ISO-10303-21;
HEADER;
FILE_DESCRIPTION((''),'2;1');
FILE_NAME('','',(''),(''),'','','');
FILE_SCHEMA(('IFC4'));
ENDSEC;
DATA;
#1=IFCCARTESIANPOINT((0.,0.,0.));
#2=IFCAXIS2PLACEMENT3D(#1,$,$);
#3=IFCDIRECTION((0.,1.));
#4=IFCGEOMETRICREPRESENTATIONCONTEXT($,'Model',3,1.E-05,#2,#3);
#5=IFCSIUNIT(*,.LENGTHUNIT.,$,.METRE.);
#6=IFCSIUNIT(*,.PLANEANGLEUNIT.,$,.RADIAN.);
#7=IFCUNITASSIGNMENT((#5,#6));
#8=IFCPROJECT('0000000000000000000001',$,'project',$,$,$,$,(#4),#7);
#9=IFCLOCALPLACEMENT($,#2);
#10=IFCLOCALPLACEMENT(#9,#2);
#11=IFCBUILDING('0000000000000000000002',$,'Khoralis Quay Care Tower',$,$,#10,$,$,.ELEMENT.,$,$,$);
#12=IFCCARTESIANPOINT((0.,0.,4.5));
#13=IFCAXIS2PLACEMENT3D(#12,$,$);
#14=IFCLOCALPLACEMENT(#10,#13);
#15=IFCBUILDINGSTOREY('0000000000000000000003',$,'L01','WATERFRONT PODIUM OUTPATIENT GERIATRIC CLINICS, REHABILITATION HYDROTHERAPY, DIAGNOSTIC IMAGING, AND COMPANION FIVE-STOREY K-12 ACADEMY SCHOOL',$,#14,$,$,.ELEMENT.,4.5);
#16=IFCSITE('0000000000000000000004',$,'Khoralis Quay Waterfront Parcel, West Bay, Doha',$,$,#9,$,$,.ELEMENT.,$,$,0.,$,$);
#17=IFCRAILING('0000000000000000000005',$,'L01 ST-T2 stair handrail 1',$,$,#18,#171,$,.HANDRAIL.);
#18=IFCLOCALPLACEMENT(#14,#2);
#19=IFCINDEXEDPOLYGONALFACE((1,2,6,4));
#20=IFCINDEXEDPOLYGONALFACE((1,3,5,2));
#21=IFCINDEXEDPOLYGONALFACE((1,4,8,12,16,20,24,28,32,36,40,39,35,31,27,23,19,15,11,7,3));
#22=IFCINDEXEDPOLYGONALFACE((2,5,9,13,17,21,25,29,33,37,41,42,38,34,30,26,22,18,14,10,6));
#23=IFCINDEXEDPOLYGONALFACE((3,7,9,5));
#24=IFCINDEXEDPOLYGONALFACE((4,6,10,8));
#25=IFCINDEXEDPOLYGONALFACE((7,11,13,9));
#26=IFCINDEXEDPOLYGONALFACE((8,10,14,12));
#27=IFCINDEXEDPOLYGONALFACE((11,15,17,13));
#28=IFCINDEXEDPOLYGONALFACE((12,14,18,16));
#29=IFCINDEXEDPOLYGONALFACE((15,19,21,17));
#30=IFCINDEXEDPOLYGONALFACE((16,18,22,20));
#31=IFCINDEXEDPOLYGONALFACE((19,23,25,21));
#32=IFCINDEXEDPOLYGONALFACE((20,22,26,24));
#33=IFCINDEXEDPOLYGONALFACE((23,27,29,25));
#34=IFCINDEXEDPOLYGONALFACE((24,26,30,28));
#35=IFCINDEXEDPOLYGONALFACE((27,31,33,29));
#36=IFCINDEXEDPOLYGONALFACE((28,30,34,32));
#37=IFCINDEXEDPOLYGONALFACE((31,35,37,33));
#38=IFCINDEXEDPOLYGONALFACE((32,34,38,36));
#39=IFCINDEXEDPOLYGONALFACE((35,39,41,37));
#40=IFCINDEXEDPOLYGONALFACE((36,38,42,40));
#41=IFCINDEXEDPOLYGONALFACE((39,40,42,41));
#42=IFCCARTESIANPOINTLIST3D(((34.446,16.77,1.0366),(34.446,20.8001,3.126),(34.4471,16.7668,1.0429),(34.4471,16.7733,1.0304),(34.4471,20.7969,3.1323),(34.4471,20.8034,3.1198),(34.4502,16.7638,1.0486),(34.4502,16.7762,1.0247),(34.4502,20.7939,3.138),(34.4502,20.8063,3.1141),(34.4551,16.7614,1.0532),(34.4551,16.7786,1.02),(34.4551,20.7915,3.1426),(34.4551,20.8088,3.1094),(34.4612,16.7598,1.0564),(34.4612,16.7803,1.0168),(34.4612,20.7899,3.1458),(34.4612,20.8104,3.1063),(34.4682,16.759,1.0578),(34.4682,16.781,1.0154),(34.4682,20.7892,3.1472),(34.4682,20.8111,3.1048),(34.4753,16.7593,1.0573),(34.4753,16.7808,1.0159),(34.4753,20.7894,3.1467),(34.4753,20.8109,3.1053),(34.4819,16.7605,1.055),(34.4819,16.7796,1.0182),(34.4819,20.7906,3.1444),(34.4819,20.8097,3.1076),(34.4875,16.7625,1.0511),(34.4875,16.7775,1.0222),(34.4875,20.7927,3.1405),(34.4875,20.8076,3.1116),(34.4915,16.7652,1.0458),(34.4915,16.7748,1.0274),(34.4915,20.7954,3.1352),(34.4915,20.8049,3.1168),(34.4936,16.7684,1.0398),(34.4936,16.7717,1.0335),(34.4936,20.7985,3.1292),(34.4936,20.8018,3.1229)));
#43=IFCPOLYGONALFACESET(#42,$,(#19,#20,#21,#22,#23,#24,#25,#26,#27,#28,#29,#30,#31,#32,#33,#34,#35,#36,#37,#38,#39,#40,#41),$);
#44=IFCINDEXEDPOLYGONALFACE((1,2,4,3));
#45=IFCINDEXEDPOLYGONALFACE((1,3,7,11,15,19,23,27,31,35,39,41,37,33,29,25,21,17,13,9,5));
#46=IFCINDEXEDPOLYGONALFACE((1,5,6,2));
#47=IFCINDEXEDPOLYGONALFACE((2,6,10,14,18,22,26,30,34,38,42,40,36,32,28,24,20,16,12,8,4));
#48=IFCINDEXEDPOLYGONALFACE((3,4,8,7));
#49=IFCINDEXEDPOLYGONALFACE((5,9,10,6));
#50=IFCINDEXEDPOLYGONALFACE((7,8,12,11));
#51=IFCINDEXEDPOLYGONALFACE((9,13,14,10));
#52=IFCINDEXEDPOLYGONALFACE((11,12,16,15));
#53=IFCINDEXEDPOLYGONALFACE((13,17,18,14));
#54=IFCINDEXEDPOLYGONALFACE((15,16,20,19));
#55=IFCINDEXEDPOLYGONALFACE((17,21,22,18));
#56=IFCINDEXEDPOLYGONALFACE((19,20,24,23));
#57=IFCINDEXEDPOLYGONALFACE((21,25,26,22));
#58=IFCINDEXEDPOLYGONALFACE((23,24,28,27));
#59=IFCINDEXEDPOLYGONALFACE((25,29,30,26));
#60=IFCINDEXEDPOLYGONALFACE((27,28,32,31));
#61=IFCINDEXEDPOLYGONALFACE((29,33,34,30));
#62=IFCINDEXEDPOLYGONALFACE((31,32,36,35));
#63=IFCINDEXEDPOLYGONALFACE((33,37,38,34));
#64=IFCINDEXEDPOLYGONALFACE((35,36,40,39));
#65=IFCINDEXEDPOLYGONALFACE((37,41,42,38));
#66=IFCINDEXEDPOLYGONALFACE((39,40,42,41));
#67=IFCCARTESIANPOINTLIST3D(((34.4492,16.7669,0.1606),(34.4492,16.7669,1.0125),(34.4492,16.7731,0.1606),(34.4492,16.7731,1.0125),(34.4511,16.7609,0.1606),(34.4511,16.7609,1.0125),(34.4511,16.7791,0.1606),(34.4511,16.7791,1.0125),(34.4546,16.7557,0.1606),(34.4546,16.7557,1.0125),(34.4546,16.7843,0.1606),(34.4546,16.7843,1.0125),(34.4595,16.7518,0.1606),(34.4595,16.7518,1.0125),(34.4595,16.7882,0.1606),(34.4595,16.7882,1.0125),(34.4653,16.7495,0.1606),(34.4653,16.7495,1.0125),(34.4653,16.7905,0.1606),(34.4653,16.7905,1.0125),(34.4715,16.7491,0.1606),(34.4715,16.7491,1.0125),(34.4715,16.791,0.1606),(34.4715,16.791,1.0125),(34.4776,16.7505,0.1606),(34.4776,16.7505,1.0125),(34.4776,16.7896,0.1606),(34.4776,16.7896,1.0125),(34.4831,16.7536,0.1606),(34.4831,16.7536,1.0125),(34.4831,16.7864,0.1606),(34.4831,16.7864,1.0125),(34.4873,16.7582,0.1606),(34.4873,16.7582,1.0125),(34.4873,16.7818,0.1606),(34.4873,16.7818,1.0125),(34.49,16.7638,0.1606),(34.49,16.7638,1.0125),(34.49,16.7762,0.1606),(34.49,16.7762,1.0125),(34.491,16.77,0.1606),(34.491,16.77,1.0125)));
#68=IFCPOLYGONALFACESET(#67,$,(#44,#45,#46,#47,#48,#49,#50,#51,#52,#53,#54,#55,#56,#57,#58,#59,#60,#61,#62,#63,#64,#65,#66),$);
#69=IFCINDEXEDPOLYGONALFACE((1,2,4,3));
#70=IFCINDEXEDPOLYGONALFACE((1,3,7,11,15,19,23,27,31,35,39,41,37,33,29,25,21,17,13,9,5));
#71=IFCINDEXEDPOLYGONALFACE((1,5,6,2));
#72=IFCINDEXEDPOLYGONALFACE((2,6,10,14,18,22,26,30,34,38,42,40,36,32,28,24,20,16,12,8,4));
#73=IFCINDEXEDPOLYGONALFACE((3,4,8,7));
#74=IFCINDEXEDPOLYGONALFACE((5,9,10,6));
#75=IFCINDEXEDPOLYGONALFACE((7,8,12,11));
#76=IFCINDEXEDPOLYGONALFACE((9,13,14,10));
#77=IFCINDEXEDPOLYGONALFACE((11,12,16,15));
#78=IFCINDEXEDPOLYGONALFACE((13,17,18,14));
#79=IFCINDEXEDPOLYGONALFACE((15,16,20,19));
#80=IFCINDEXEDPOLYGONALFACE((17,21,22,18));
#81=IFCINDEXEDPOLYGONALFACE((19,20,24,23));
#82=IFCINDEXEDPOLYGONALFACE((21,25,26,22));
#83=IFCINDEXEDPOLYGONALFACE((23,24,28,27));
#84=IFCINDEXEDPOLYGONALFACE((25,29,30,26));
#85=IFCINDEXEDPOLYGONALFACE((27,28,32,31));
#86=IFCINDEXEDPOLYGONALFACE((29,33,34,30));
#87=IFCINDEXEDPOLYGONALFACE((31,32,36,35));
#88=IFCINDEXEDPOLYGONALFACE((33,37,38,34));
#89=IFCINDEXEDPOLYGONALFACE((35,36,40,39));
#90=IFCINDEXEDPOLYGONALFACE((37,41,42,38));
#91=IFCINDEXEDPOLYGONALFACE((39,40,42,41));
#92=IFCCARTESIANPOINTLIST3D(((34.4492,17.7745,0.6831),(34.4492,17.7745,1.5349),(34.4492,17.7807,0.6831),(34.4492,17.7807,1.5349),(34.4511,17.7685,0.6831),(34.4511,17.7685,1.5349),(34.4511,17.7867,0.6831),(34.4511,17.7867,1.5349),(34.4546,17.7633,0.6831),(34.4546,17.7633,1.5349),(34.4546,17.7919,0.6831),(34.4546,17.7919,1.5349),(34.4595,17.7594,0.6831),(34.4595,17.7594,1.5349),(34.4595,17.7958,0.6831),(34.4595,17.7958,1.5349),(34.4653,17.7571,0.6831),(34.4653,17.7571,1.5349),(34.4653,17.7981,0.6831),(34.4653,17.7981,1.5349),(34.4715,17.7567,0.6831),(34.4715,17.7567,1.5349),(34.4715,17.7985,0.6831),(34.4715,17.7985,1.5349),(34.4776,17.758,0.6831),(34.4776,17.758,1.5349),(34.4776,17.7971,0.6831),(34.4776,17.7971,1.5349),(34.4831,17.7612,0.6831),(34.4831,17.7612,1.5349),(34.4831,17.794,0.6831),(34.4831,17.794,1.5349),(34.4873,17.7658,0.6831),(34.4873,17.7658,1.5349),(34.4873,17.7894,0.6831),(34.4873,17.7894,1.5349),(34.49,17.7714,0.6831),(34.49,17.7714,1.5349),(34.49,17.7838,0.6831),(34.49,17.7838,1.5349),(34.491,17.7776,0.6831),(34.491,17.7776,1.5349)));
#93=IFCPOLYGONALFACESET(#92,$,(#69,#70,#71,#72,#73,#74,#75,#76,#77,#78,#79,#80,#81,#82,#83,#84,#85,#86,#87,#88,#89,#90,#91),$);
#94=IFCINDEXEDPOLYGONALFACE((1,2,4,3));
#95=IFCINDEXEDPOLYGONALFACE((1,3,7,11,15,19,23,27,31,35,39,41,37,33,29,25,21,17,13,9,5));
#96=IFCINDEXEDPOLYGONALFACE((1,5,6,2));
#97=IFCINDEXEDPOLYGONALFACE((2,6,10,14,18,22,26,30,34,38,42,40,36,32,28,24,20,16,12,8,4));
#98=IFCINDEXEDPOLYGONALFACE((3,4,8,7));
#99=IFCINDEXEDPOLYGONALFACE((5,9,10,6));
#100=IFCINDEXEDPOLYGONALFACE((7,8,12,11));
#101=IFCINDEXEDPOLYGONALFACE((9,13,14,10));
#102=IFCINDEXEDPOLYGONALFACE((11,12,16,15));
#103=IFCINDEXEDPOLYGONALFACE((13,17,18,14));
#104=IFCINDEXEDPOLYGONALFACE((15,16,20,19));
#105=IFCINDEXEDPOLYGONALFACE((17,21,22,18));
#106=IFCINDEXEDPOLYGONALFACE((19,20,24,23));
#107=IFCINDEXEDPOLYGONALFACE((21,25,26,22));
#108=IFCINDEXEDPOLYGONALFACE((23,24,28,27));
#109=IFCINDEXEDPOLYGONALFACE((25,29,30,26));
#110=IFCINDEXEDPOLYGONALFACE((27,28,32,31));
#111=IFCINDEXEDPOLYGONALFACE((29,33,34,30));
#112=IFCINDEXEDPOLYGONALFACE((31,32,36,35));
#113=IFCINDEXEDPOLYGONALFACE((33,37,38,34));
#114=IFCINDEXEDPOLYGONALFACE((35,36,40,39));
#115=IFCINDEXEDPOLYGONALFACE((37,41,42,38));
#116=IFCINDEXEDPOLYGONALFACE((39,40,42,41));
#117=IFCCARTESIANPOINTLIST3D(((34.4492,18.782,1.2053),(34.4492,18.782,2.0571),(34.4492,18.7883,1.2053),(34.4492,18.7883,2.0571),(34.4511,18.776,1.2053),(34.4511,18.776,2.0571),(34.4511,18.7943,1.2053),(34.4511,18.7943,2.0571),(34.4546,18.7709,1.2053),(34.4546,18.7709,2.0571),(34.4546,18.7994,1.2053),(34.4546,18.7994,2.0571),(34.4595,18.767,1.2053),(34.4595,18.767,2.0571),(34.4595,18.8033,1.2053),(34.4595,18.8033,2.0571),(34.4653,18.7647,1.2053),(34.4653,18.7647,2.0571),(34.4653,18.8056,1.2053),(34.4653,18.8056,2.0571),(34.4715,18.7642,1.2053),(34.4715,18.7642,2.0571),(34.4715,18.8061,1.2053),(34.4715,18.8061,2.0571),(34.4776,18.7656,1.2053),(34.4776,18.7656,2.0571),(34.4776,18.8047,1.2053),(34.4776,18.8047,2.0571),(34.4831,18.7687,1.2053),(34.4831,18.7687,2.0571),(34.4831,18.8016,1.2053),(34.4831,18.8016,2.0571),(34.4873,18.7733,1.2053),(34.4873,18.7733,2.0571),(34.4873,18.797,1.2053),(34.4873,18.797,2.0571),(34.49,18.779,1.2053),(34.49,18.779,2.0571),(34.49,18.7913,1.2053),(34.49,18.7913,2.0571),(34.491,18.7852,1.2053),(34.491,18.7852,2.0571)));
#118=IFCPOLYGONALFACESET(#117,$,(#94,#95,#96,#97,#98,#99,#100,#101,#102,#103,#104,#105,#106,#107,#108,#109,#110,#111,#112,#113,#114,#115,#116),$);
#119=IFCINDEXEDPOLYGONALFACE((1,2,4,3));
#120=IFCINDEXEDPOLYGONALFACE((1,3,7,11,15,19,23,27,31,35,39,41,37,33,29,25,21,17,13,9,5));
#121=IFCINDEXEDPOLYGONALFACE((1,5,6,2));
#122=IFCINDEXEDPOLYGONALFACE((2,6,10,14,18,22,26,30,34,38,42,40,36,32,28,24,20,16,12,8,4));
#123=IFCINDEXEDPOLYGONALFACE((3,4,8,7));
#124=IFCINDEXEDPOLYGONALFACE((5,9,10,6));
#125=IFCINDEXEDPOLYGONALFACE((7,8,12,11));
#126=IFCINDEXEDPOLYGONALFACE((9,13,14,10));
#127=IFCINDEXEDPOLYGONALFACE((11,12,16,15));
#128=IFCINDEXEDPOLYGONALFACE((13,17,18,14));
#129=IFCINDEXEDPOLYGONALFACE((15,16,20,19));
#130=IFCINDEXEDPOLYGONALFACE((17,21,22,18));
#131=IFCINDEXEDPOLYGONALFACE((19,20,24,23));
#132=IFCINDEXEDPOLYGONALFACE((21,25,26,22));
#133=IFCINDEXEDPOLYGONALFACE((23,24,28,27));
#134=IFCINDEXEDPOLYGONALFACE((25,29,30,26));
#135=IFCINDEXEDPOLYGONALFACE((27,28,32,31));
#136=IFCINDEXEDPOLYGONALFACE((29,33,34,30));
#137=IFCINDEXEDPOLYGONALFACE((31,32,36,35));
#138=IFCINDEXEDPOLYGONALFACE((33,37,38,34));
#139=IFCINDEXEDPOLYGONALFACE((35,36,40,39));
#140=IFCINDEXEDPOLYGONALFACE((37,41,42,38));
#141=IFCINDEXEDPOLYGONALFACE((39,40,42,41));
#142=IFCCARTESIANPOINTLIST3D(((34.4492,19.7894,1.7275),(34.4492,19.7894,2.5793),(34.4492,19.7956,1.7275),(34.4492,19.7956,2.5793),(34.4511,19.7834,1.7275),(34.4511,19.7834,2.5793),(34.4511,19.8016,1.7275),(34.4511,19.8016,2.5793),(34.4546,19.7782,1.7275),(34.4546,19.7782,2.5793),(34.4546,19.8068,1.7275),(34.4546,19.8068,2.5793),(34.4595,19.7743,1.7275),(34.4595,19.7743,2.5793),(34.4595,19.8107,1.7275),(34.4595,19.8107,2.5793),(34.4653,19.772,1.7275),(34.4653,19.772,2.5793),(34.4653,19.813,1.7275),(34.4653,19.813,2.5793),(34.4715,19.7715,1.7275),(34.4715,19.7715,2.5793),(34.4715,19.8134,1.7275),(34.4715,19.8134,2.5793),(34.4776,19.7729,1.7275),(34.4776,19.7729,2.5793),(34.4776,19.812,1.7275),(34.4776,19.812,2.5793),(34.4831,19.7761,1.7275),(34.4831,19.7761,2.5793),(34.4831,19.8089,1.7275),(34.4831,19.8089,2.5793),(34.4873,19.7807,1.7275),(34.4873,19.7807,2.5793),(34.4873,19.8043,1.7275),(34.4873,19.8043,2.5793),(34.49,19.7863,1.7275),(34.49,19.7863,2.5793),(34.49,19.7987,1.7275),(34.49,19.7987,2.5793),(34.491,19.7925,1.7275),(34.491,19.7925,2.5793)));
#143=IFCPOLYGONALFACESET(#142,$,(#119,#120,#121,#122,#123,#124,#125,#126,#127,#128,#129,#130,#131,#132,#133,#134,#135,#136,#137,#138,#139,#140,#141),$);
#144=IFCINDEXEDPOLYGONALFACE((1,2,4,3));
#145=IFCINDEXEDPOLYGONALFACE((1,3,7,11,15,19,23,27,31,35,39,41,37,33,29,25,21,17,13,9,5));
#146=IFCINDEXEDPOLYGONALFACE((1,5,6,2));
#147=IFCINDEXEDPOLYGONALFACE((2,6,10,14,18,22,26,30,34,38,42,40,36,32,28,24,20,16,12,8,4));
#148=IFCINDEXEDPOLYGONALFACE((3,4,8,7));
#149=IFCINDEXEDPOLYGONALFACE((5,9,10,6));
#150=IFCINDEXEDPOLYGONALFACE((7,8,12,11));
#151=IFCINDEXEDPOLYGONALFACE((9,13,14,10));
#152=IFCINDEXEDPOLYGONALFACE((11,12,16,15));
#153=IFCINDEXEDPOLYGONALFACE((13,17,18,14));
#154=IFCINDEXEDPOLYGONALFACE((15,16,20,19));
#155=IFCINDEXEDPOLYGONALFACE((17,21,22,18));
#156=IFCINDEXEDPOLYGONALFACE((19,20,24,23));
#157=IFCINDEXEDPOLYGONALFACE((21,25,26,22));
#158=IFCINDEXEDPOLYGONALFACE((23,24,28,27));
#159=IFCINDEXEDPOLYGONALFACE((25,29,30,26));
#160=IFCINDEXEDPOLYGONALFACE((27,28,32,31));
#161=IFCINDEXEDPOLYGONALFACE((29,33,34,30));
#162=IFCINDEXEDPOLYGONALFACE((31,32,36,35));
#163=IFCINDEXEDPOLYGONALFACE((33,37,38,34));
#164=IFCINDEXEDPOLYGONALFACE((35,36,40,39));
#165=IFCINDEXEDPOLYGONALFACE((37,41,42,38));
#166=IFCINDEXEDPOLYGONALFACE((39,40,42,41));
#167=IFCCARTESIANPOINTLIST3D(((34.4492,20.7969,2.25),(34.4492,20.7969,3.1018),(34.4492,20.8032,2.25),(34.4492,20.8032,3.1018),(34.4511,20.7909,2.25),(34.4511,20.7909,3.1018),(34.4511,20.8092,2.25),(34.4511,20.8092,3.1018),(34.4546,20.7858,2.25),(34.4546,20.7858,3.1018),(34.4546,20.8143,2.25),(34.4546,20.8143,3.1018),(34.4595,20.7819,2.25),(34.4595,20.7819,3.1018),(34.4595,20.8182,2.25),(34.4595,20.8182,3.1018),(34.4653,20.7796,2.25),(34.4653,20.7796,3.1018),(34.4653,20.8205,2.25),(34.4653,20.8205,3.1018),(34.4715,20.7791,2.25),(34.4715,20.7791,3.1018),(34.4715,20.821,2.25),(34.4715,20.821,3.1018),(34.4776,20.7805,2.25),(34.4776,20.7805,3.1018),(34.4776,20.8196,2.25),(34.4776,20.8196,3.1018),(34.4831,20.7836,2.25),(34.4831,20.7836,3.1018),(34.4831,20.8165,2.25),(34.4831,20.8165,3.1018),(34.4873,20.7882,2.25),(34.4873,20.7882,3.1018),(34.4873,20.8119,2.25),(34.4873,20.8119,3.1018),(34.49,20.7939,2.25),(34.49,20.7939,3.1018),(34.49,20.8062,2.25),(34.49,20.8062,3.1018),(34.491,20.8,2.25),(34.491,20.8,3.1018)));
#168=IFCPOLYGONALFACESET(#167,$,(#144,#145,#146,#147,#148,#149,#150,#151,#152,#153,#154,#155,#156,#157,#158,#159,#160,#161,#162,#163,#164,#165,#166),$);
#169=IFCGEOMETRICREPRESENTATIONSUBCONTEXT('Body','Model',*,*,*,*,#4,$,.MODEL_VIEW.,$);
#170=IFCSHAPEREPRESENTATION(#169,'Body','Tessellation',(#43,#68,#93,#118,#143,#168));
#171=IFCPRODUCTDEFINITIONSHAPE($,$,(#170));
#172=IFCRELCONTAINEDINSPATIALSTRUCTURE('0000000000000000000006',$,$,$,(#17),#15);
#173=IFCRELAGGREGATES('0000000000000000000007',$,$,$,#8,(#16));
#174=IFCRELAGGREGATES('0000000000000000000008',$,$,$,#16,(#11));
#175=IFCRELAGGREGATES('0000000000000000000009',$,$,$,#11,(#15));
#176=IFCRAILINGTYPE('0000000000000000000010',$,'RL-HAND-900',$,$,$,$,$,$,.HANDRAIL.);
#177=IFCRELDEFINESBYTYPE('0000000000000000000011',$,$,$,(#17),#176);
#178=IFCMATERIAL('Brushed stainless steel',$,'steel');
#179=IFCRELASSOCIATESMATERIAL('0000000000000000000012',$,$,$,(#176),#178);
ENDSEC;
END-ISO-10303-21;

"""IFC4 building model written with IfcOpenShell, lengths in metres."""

from ifc_helpers import new_model, si_unit, direction, frame, origin, origin_2d, place, context, subcontext, project, spatial, circle, extrude, material, type_object, element, save


model = new_model("IFC4")

# Units and contexts
model_context = context("Model", 3, precision=1e-05, world=origin(), true_north=direction((0.0, 1.0)))
body_context = subcontext(model_context, "Body", "Model", "MODEL_VIEW")
ifc_project = project(units=[si_unit("LENGTHUNIT", "METRE"), si_unit("PLANEANGLEUNIT", "RADIAN")], contexts=[model_context])

# Site, building, storey
site_placement = place(None, origin())
site = spatial("IfcSite", under=ifc_project, at=site_placement, Name="Khoralis Quay Waterfront Parcel, West Bay, Doha", CompositionType="ELEMENT", RefElevation=0.0)
building_placement = place(site_placement, origin())
building = spatial("IfcBuilding", under=site, at=building_placement, Name="Khoralis Quay Care Tower", CompositionType="ELEMENT")
storey_placement = place(building_placement, frame((0.0, 0.0, 4.5)))
storey = spatial("IfcBuildingStorey", under=building, at=storey_placement, Name="L01", Description="WATERFRONT PODIUM OUTPATIENT GERIATRIC CLINICS, REHABILITATION HYDROTHERAPY, DIAGNOSTIC IMAGING, AND COMPANION FIVE-STOREY K-12 ACADEMY SCHOOL", CompositionType="ELEMENT", Elevation=4.5)

# Shared definitions
ifc_material_1 = material(Name="Brushed stainless steel", Category="steel")

# Railing
railing_type_1 = type_object("IfcRailingType", Name="RL-HAND-900", PredefinedType="HANDRAIL", material=ifc_material_1)
railing_1_placement = place(storey_placement, frame((34.47, 16.77, 0.1606)))
element("IfcRailing", 1, at=railing_1_placement, inside=storey, type_object=railing_type_1, Name="L01 ST-T2 stair handrail 1", PredefinedType="HANDRAIL", context=body_context, shape_type="SweptSolid", body=[
    extrude(circle(Radius=0.0239, at=origin_2d()), frame((0.0, 0.0, 0.876), z_axis=(0.0, 0.887781, 0.460267), x_axis=(-1.0, 0.0, 0.0)), (0.0, 0.0, 1.0), 4.5396),
    extrude(circle(Radius=0.021, at=origin_2d()), origin(), (0.0, 0.0, 1.0), 0.8518),
    extrude(circle(Radius=0.021, at=origin_2d()), frame((0.0, 1.0076, 0.5225)), (0.0, 0.0, 1.0), 0.8518),
    extrude(circle(Radius=0.021, at=origin_2d()), frame((0.0, 2.0151, 1.0447)), (0.0, 0.0, 1.0), 0.8518),
    extrude(circle(Radius=0.021, at=origin_2d()), frame((0.0, 3.0225, 1.5669)), (0.0, 0.0, 1.0), 0.8518),
    extrude(circle(Radius=0.021, at=origin_2d()), frame((0.0, 4.03, 2.0894)), (0.0, 0.0, 1.0), 0.8518),
])

save(model, "model.ifc")
